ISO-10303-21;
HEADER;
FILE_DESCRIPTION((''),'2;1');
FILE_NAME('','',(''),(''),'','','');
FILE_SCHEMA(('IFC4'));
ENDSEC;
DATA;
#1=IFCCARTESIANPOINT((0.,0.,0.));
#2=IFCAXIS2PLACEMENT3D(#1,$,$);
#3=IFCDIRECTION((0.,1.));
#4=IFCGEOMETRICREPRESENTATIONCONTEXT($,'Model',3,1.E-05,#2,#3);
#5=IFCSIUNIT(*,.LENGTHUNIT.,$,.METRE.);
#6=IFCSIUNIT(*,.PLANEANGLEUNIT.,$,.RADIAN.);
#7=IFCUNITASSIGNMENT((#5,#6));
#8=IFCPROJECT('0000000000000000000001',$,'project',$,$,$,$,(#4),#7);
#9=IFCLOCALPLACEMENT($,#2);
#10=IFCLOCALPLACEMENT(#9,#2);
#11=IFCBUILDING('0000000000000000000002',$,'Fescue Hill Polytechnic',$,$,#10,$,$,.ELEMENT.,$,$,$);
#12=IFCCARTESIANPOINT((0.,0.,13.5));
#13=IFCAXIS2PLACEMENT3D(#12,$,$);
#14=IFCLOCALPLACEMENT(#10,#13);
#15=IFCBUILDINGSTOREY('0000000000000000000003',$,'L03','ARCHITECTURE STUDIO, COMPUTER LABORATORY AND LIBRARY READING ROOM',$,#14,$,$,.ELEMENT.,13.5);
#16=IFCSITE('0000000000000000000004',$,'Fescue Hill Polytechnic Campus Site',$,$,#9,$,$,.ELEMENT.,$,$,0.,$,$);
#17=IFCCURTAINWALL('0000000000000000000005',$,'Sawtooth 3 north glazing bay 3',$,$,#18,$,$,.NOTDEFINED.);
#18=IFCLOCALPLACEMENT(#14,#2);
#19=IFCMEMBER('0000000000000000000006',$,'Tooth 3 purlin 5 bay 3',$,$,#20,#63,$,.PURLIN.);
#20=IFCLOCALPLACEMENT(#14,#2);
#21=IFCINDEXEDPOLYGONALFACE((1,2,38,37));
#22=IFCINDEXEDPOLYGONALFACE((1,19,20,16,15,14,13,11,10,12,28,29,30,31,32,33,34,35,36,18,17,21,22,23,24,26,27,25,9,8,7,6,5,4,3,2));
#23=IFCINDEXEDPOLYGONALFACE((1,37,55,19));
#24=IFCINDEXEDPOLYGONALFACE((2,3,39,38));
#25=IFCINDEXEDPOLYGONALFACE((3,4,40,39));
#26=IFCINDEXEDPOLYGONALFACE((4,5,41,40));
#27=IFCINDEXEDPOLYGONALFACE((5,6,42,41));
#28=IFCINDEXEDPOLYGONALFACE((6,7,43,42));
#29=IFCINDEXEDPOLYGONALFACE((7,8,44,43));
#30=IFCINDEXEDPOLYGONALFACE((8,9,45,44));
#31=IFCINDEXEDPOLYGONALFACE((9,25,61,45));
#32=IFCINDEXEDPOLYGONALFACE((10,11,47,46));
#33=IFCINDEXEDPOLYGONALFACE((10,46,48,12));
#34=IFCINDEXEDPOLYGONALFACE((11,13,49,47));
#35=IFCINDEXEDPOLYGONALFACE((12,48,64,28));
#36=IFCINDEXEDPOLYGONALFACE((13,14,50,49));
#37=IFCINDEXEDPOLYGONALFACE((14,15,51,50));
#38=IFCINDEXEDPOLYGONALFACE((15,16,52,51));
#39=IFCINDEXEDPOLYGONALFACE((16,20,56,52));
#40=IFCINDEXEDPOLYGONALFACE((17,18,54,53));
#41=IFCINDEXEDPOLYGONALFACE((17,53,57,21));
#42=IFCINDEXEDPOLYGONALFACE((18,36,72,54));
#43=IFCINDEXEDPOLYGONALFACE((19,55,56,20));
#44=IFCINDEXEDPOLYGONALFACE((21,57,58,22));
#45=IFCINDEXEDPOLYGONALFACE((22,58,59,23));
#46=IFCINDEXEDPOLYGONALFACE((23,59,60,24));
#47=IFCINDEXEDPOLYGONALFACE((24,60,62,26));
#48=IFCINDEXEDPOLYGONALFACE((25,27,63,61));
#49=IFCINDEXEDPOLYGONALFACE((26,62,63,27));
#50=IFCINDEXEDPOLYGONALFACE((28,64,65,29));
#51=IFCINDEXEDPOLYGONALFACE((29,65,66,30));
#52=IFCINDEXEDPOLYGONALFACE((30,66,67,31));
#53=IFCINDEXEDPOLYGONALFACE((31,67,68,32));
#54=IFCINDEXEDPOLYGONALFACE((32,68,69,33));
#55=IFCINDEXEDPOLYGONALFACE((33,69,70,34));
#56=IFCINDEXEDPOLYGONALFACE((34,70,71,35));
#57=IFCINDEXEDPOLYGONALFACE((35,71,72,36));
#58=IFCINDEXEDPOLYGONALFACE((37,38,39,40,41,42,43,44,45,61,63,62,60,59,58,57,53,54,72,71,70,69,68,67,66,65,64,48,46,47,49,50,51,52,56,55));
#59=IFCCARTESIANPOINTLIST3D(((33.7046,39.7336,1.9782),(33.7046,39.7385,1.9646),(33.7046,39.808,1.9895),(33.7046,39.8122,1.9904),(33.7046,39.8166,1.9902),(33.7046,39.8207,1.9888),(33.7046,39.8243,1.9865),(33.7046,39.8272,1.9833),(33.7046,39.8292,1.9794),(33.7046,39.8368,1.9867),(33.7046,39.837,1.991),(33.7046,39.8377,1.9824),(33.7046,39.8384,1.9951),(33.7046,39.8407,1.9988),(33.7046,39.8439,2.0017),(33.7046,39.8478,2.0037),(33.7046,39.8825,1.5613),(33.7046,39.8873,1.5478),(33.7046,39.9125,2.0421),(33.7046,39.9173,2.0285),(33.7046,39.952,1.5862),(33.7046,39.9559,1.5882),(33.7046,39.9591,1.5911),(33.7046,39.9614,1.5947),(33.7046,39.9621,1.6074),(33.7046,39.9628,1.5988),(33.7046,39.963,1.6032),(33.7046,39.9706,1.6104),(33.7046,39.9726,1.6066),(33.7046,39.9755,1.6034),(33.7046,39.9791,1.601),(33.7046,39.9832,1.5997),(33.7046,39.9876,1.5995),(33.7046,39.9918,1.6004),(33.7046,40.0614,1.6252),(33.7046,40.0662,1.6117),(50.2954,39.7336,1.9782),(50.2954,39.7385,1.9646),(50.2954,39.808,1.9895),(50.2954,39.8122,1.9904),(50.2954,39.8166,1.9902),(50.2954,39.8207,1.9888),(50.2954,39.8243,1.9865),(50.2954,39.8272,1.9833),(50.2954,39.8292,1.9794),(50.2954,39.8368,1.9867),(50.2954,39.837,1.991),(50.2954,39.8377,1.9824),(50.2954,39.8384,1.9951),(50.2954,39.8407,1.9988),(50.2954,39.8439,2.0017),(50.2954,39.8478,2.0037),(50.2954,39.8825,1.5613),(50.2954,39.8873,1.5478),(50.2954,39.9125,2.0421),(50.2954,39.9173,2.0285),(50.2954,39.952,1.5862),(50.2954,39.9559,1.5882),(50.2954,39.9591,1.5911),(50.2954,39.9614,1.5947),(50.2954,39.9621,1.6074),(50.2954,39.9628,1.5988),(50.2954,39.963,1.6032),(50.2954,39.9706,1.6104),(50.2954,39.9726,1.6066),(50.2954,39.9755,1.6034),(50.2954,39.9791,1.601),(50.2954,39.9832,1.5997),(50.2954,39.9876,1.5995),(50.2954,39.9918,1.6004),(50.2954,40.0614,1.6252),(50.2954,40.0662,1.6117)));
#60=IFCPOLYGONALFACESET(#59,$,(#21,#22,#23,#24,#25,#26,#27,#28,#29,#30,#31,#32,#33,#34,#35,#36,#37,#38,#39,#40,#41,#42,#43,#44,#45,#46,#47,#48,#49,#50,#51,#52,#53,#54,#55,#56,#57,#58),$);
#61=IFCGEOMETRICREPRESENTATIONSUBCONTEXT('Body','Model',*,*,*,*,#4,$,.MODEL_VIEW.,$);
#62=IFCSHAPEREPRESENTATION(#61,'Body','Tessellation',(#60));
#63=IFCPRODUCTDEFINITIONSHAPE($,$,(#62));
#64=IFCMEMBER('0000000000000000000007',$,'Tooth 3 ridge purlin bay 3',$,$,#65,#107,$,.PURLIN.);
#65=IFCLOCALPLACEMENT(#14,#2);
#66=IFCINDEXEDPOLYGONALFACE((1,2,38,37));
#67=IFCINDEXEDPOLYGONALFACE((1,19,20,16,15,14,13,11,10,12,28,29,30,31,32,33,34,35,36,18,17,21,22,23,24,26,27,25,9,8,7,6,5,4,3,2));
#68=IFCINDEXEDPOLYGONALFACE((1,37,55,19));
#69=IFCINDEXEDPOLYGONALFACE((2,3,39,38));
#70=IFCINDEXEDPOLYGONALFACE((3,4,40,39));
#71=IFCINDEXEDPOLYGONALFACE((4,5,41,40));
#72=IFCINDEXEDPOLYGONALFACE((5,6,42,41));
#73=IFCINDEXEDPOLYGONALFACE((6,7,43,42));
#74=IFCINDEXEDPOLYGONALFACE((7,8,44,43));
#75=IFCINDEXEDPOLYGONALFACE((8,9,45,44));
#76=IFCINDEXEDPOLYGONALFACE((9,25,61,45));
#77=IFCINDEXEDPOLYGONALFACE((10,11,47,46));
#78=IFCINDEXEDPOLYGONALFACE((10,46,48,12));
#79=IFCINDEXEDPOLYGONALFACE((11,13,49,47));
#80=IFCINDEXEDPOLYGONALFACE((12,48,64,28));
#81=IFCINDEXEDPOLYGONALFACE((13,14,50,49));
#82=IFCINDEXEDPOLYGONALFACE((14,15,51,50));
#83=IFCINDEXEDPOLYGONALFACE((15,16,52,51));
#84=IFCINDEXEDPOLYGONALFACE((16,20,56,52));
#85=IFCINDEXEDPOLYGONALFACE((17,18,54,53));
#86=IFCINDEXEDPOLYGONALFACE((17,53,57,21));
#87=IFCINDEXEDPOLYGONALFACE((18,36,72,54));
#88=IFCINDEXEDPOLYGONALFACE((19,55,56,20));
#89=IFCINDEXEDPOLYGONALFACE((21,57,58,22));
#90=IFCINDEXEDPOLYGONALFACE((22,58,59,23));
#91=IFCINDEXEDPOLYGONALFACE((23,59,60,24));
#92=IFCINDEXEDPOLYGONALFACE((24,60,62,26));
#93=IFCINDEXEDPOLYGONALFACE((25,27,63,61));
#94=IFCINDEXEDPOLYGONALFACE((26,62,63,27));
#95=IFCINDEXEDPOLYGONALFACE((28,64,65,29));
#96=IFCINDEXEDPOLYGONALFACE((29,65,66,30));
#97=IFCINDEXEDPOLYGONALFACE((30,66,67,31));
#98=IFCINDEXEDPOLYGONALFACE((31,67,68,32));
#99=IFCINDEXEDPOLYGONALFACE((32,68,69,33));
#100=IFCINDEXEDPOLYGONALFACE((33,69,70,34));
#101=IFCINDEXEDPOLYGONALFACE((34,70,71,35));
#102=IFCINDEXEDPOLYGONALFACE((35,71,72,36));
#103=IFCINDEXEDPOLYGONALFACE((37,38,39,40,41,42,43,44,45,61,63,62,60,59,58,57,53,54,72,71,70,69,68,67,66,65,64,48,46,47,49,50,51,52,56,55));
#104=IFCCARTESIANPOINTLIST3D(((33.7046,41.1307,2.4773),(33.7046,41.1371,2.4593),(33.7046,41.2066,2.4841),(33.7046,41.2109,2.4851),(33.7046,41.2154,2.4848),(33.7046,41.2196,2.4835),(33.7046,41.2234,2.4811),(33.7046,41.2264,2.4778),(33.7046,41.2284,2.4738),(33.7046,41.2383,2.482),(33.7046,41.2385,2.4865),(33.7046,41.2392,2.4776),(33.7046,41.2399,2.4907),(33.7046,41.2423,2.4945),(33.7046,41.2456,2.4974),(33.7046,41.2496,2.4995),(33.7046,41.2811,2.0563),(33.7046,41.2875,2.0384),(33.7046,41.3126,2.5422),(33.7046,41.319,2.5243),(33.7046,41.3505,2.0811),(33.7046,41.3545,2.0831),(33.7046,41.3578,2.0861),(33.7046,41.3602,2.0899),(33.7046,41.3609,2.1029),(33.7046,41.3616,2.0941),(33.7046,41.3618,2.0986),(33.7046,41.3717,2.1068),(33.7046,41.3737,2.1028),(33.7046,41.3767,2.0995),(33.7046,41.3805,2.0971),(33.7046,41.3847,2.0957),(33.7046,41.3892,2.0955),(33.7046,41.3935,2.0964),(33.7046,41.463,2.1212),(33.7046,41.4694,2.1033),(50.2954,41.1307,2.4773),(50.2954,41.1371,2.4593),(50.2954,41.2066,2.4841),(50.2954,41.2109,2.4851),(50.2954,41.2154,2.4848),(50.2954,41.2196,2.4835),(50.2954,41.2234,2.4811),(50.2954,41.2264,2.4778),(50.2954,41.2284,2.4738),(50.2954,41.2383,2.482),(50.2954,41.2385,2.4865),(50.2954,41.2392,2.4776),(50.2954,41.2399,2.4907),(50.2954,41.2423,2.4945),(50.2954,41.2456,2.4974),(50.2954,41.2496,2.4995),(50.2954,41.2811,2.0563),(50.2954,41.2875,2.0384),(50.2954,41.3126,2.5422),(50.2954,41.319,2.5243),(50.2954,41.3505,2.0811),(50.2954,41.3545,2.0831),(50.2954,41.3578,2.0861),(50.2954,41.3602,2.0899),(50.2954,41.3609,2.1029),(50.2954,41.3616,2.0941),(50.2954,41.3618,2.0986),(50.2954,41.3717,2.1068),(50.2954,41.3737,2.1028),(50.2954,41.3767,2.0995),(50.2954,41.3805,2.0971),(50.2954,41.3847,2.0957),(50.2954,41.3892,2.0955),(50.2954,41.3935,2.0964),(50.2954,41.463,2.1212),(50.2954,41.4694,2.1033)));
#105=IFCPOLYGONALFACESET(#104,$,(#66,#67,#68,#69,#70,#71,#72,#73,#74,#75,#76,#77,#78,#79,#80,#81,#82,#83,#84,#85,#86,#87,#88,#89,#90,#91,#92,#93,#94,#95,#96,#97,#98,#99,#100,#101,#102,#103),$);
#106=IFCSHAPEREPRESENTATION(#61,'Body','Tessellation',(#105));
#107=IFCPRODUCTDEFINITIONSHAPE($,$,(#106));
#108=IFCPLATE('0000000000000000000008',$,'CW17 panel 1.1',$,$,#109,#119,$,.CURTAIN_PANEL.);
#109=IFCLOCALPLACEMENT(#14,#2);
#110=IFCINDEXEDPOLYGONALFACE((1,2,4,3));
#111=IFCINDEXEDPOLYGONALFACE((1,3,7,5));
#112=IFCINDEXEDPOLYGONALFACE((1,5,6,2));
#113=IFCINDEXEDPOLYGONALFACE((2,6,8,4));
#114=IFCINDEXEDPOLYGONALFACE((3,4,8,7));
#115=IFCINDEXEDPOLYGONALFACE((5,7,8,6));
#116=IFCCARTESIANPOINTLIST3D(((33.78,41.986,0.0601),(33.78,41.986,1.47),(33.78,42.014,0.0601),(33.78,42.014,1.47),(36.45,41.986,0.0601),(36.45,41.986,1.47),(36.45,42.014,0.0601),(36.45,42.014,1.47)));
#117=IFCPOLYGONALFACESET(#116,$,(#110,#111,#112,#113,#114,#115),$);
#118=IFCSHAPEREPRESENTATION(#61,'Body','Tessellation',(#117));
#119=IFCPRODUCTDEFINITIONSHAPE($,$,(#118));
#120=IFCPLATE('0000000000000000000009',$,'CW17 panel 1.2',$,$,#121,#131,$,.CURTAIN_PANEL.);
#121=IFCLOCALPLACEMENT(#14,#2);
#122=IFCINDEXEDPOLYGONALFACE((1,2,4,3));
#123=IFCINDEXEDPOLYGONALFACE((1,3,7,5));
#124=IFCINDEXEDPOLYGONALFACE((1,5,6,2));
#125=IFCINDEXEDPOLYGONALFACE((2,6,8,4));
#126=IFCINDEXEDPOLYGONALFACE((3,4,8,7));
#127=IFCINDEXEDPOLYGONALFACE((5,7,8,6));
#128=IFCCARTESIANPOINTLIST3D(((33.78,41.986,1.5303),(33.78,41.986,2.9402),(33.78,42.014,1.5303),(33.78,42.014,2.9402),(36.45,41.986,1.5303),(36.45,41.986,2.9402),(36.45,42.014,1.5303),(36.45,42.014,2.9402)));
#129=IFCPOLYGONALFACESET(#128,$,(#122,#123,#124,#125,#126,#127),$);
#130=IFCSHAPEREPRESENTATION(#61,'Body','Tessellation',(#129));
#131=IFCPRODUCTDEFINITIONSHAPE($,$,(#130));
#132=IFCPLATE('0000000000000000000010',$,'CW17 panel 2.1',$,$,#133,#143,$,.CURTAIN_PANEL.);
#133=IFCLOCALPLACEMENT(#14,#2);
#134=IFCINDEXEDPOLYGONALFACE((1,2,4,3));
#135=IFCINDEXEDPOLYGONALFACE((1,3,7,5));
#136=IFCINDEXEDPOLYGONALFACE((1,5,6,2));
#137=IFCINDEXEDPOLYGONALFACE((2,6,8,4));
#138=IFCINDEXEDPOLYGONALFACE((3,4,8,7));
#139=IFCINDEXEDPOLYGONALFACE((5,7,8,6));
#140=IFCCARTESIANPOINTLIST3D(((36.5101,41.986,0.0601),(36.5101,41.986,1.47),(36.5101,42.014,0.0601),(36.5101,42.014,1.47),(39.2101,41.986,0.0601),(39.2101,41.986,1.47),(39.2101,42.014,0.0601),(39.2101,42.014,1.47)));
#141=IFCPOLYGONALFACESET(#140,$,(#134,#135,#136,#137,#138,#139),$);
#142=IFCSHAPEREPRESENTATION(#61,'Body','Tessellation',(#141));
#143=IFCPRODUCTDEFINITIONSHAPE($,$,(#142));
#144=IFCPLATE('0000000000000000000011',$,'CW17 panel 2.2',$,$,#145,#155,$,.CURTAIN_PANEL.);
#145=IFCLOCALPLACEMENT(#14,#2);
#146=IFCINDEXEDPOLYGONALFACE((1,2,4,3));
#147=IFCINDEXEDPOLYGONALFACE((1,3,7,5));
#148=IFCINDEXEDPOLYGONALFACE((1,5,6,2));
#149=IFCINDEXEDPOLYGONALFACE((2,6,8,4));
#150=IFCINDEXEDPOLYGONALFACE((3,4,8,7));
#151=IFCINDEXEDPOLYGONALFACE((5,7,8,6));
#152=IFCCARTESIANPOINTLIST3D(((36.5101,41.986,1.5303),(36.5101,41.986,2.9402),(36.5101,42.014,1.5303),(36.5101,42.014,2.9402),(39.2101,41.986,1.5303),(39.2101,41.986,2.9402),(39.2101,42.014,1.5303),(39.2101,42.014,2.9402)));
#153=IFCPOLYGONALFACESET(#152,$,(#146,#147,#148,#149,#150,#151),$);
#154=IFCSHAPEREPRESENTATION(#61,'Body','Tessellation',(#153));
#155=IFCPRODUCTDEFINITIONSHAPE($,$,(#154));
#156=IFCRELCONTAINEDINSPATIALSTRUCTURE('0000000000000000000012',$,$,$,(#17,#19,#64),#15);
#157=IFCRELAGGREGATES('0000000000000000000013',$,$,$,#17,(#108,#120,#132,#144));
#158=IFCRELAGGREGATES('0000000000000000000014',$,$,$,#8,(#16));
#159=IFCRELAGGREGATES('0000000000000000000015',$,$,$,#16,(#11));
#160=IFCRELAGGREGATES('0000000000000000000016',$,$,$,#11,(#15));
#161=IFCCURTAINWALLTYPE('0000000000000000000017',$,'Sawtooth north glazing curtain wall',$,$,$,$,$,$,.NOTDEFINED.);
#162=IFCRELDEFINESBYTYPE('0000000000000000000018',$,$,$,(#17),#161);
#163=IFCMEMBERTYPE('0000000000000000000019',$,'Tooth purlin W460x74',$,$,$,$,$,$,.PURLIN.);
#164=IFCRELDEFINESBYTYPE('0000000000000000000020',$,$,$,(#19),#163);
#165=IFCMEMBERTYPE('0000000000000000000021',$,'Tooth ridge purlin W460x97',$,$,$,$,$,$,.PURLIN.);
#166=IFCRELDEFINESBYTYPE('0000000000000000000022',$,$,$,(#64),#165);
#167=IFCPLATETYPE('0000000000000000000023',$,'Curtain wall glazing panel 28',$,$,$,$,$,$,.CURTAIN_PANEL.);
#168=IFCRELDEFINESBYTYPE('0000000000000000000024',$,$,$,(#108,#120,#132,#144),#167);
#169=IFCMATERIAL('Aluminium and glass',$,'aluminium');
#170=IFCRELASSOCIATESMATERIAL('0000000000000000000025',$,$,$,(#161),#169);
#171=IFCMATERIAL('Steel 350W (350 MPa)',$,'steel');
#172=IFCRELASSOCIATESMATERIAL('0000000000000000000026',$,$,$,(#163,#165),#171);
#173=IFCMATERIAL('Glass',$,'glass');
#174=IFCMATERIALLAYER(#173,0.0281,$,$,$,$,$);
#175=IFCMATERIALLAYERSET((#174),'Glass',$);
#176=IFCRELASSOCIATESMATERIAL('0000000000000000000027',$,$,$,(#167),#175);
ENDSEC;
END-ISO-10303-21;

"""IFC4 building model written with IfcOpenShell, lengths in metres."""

from ifc_helpers import new_model, si_unit, direction, frame, origin, origin_2d, place, context, subcontext, project, spatial, rectangle, i_section, extrude, material, layer, layer_set, material_profile, profile_set, type_object, element, aggregate, save


model = new_model("IFC4")

# Units and contexts
model_context = context("Model", 3, precision=1e-05, world=origin(), true_north=direction((0.0, 1.0)))
body_context = subcontext(model_context, "Body", "Model", "MODEL_VIEW")
ifc_project = project(units=[si_unit("LENGTHUNIT", "METRE"), si_unit("PLANEANGLEUNIT", "RADIAN")], contexts=[model_context])

# Site, building, storey
site_placement = place(None, origin())
site = spatial("IfcSite", under=ifc_project, at=site_placement, Name="Fescue Hill Polytechnic Campus Site", CompositionType="ELEMENT", RefElevation=0.0)
building_placement = place(site_placement, origin())
building = spatial("IfcBuilding", under=site, at=building_placement, Name="Fescue Hill Polytechnic", CompositionType="ELEMENT")
storey_placement = place(building_placement, frame((0.0, 0.0, 13.5)))
storey = spatial("IfcBuildingStorey", under=building, at=storey_placement, Name="L03", Description="ARCHITECTURE STUDIO, COMPUTER LABORATORY AND LIBRARY READING ROOM", CompositionType="ELEMENT", Elevation=13.5)

# Curtain wall
ifc_material_1 = material(Name="Aluminium and glass", Category="aluminium")
curtain_wall_type = type_object("IfcCurtainWallType", Name="Sawtooth north glazing curtain wall", PredefinedType="NOTDEFINED", material=ifc_material_1)
curtain_wall_1_placement = place(storey_placement, origin())
curtain_wall_1 = element("IfcCurtainWall", 1, at=curtain_wall_1_placement, inside=storey, type_object=curtain_wall_type, Name="Sawtooth 3 north glazing bay 3", PredefinedType="NOTDEFINED")

# Members
ifc_material_2 = material(Name="Steel 350W (350 MPa)", Category="steel")
ifc_material_profile_1 = material_profile(ifc_material_2, i_section(OverallWidth=0.1899, OverallDepth=0.457, WebThickness=0.009, FlangeThickness=0.0144, FilletRadius=0.0166, at=origin_2d()), Name="W460x74")
ifc_profile_set_1 = profile_set([ifc_material_profile_1], Name="Steel 350W (350 MPa)")
member_type_1 = type_object("IfcMemberType", Name="Tooth purlin W460x74", PredefinedType="PURLIN", material=ifc_profile_set_1)
member_1_placement = place(storey_placement, frame((33.7046, 39.8999, 1.7949), z_axis=(1.0, 0.0, 0.0), x_axis=(0.0, 0.941742, 0.336336)))
element("IfcMember", 2, at=member_1_placement, inside=storey, type_object=member_type_1, Name="Tooth 3 purlin 5 bay 3", PredefinedType="PURLIN", context=body_context, shape_type="SweptSolid", body=[
    extrude(i_section(OverallWidth=0.1899, OverallDepth=0.457, WebThickness=0.009, FlangeThickness=0.0144, FilletRadius=0.0166, at=origin_2d()), origin(), (0.0, 0.0, 1.0), 16.5908),
])
ifc_material_profile_2 = material_profile(ifc_material_2, i_section(OverallWidth=0.1931, OverallDepth=0.4661, WebThickness=0.0115, FlangeThickness=0.019, FilletRadius=0.0171, at=origin_2d()), Name="W460x97")
ifc_profile_set_2 = profile_set([ifc_material_profile_2], Name="Steel 350W (350 MPa)")
member_type_2 = type_object("IfcMemberType", Name="Tooth ridge purlin W460x97", PredefinedType="PURLIN", material=ifc_profile_set_2)
member_2_placement = place(storey_placement, frame((33.7046, 41.3, 2.2903), z_axis=(1.0, 0.0, 0.0), x_axis=(0.0, 0.941742, 0.336336)))
element("IfcMember", 3, at=member_2_placement, inside=storey, type_object=member_type_2, Name="Tooth 3 ridge purlin bay 3", PredefinedType="PURLIN", context=body_context, shape_type="SweptSolid", body=[
    extrude(i_section(OverallWidth=0.1931, OverallDepth=0.4661, WebThickness=0.0115, FlangeThickness=0.019, FilletRadius=0.0171, at=origin_2d()), origin(), (0.0, 0.0, 1.0), 16.5908),
])

# Plates
ifc_material_3 = material(Name="Glass", Category="glass")
ifc_layer = layer(ifc_material_3, 0.0281)
ifc_layer_set = layer_set([ifc_layer], Name="Glass")
plate_type = type_object("IfcPlateType", Name="Curtain wall glazing panel 28", PredefinedType="CURTAIN_PANEL", material=ifc_layer_set)
plate_1_placement = place(storey_placement, frame((35.115, 42.0, 0.0601), z_axis=(0.0, 0.0, 1.0), x_axis=(1.0, 0.0, 0.0)))
plate_1 = element("IfcPlate", 4, at=plate_1_placement, type_object=plate_type, Name="CW17 panel 1.1", PredefinedType="CURTAIN_PANEL", context=body_context, shape_type="SweptSolid", body=[
    extrude(rectangle(XDim=2.6699, YDim=0.0281, at=origin_2d()), origin(), (0.0, 0.0, 1.0), 1.4099),
])
plate_2_placement = place(storey_placement, frame((35.115, 42.0, 1.5303), z_axis=(0.0, 0.0, 1.0), x_axis=(1.0, 0.0, 0.0)))
plate_2 = element("IfcPlate", 5, at=plate_2_placement, type_object=plate_type, Name="CW17 panel 1.2", PredefinedType="CURTAIN_PANEL", context=body_context, shape_type="SweptSolid", body=[
    extrude(rectangle(XDim=2.6699, YDim=0.0281, at=origin_2d()), origin(), (0.0, 0.0, 1.0), 1.4099),
])
plate_3_placement = place(storey_placement, frame((37.8601, 42.0, 0.0601), z_axis=(0.0, 0.0, 1.0), x_axis=(1.0, 0.0, 0.0)))
plate_3 = element("IfcPlate", 6, at=plate_3_placement, type_object=plate_type, Name="CW17 panel 2.1", PredefinedType="CURTAIN_PANEL", context=body_context, shape_type="SweptSolid", body=[
    extrude(rectangle(XDim=2.7, YDim=0.0281, at=origin_2d()), origin(), (0.0, 0.0, 1.0), 1.4099),
])
plate_4_placement = place(storey_placement, frame((37.8601, 42.0, 1.5303), z_axis=(0.0, 0.0, 1.0), x_axis=(1.0, 0.0, 0.0)))
plate_4 = element("IfcPlate", 7, at=plate_4_placement, type_object=plate_type, Name="CW17 panel 2.2", PredefinedType="CURTAIN_PANEL", context=body_context, shape_type="SweptSolid", body=[
    extrude(rectangle(XDim=2.7, YDim=0.0281, at=origin_2d()), origin(), (0.0, 0.0, 1.0), 1.4099),
])
aggregate(curtain_wall_1, [plate_1, plate_2, plate_3, plate_4])

save(model, "model.ifc")
